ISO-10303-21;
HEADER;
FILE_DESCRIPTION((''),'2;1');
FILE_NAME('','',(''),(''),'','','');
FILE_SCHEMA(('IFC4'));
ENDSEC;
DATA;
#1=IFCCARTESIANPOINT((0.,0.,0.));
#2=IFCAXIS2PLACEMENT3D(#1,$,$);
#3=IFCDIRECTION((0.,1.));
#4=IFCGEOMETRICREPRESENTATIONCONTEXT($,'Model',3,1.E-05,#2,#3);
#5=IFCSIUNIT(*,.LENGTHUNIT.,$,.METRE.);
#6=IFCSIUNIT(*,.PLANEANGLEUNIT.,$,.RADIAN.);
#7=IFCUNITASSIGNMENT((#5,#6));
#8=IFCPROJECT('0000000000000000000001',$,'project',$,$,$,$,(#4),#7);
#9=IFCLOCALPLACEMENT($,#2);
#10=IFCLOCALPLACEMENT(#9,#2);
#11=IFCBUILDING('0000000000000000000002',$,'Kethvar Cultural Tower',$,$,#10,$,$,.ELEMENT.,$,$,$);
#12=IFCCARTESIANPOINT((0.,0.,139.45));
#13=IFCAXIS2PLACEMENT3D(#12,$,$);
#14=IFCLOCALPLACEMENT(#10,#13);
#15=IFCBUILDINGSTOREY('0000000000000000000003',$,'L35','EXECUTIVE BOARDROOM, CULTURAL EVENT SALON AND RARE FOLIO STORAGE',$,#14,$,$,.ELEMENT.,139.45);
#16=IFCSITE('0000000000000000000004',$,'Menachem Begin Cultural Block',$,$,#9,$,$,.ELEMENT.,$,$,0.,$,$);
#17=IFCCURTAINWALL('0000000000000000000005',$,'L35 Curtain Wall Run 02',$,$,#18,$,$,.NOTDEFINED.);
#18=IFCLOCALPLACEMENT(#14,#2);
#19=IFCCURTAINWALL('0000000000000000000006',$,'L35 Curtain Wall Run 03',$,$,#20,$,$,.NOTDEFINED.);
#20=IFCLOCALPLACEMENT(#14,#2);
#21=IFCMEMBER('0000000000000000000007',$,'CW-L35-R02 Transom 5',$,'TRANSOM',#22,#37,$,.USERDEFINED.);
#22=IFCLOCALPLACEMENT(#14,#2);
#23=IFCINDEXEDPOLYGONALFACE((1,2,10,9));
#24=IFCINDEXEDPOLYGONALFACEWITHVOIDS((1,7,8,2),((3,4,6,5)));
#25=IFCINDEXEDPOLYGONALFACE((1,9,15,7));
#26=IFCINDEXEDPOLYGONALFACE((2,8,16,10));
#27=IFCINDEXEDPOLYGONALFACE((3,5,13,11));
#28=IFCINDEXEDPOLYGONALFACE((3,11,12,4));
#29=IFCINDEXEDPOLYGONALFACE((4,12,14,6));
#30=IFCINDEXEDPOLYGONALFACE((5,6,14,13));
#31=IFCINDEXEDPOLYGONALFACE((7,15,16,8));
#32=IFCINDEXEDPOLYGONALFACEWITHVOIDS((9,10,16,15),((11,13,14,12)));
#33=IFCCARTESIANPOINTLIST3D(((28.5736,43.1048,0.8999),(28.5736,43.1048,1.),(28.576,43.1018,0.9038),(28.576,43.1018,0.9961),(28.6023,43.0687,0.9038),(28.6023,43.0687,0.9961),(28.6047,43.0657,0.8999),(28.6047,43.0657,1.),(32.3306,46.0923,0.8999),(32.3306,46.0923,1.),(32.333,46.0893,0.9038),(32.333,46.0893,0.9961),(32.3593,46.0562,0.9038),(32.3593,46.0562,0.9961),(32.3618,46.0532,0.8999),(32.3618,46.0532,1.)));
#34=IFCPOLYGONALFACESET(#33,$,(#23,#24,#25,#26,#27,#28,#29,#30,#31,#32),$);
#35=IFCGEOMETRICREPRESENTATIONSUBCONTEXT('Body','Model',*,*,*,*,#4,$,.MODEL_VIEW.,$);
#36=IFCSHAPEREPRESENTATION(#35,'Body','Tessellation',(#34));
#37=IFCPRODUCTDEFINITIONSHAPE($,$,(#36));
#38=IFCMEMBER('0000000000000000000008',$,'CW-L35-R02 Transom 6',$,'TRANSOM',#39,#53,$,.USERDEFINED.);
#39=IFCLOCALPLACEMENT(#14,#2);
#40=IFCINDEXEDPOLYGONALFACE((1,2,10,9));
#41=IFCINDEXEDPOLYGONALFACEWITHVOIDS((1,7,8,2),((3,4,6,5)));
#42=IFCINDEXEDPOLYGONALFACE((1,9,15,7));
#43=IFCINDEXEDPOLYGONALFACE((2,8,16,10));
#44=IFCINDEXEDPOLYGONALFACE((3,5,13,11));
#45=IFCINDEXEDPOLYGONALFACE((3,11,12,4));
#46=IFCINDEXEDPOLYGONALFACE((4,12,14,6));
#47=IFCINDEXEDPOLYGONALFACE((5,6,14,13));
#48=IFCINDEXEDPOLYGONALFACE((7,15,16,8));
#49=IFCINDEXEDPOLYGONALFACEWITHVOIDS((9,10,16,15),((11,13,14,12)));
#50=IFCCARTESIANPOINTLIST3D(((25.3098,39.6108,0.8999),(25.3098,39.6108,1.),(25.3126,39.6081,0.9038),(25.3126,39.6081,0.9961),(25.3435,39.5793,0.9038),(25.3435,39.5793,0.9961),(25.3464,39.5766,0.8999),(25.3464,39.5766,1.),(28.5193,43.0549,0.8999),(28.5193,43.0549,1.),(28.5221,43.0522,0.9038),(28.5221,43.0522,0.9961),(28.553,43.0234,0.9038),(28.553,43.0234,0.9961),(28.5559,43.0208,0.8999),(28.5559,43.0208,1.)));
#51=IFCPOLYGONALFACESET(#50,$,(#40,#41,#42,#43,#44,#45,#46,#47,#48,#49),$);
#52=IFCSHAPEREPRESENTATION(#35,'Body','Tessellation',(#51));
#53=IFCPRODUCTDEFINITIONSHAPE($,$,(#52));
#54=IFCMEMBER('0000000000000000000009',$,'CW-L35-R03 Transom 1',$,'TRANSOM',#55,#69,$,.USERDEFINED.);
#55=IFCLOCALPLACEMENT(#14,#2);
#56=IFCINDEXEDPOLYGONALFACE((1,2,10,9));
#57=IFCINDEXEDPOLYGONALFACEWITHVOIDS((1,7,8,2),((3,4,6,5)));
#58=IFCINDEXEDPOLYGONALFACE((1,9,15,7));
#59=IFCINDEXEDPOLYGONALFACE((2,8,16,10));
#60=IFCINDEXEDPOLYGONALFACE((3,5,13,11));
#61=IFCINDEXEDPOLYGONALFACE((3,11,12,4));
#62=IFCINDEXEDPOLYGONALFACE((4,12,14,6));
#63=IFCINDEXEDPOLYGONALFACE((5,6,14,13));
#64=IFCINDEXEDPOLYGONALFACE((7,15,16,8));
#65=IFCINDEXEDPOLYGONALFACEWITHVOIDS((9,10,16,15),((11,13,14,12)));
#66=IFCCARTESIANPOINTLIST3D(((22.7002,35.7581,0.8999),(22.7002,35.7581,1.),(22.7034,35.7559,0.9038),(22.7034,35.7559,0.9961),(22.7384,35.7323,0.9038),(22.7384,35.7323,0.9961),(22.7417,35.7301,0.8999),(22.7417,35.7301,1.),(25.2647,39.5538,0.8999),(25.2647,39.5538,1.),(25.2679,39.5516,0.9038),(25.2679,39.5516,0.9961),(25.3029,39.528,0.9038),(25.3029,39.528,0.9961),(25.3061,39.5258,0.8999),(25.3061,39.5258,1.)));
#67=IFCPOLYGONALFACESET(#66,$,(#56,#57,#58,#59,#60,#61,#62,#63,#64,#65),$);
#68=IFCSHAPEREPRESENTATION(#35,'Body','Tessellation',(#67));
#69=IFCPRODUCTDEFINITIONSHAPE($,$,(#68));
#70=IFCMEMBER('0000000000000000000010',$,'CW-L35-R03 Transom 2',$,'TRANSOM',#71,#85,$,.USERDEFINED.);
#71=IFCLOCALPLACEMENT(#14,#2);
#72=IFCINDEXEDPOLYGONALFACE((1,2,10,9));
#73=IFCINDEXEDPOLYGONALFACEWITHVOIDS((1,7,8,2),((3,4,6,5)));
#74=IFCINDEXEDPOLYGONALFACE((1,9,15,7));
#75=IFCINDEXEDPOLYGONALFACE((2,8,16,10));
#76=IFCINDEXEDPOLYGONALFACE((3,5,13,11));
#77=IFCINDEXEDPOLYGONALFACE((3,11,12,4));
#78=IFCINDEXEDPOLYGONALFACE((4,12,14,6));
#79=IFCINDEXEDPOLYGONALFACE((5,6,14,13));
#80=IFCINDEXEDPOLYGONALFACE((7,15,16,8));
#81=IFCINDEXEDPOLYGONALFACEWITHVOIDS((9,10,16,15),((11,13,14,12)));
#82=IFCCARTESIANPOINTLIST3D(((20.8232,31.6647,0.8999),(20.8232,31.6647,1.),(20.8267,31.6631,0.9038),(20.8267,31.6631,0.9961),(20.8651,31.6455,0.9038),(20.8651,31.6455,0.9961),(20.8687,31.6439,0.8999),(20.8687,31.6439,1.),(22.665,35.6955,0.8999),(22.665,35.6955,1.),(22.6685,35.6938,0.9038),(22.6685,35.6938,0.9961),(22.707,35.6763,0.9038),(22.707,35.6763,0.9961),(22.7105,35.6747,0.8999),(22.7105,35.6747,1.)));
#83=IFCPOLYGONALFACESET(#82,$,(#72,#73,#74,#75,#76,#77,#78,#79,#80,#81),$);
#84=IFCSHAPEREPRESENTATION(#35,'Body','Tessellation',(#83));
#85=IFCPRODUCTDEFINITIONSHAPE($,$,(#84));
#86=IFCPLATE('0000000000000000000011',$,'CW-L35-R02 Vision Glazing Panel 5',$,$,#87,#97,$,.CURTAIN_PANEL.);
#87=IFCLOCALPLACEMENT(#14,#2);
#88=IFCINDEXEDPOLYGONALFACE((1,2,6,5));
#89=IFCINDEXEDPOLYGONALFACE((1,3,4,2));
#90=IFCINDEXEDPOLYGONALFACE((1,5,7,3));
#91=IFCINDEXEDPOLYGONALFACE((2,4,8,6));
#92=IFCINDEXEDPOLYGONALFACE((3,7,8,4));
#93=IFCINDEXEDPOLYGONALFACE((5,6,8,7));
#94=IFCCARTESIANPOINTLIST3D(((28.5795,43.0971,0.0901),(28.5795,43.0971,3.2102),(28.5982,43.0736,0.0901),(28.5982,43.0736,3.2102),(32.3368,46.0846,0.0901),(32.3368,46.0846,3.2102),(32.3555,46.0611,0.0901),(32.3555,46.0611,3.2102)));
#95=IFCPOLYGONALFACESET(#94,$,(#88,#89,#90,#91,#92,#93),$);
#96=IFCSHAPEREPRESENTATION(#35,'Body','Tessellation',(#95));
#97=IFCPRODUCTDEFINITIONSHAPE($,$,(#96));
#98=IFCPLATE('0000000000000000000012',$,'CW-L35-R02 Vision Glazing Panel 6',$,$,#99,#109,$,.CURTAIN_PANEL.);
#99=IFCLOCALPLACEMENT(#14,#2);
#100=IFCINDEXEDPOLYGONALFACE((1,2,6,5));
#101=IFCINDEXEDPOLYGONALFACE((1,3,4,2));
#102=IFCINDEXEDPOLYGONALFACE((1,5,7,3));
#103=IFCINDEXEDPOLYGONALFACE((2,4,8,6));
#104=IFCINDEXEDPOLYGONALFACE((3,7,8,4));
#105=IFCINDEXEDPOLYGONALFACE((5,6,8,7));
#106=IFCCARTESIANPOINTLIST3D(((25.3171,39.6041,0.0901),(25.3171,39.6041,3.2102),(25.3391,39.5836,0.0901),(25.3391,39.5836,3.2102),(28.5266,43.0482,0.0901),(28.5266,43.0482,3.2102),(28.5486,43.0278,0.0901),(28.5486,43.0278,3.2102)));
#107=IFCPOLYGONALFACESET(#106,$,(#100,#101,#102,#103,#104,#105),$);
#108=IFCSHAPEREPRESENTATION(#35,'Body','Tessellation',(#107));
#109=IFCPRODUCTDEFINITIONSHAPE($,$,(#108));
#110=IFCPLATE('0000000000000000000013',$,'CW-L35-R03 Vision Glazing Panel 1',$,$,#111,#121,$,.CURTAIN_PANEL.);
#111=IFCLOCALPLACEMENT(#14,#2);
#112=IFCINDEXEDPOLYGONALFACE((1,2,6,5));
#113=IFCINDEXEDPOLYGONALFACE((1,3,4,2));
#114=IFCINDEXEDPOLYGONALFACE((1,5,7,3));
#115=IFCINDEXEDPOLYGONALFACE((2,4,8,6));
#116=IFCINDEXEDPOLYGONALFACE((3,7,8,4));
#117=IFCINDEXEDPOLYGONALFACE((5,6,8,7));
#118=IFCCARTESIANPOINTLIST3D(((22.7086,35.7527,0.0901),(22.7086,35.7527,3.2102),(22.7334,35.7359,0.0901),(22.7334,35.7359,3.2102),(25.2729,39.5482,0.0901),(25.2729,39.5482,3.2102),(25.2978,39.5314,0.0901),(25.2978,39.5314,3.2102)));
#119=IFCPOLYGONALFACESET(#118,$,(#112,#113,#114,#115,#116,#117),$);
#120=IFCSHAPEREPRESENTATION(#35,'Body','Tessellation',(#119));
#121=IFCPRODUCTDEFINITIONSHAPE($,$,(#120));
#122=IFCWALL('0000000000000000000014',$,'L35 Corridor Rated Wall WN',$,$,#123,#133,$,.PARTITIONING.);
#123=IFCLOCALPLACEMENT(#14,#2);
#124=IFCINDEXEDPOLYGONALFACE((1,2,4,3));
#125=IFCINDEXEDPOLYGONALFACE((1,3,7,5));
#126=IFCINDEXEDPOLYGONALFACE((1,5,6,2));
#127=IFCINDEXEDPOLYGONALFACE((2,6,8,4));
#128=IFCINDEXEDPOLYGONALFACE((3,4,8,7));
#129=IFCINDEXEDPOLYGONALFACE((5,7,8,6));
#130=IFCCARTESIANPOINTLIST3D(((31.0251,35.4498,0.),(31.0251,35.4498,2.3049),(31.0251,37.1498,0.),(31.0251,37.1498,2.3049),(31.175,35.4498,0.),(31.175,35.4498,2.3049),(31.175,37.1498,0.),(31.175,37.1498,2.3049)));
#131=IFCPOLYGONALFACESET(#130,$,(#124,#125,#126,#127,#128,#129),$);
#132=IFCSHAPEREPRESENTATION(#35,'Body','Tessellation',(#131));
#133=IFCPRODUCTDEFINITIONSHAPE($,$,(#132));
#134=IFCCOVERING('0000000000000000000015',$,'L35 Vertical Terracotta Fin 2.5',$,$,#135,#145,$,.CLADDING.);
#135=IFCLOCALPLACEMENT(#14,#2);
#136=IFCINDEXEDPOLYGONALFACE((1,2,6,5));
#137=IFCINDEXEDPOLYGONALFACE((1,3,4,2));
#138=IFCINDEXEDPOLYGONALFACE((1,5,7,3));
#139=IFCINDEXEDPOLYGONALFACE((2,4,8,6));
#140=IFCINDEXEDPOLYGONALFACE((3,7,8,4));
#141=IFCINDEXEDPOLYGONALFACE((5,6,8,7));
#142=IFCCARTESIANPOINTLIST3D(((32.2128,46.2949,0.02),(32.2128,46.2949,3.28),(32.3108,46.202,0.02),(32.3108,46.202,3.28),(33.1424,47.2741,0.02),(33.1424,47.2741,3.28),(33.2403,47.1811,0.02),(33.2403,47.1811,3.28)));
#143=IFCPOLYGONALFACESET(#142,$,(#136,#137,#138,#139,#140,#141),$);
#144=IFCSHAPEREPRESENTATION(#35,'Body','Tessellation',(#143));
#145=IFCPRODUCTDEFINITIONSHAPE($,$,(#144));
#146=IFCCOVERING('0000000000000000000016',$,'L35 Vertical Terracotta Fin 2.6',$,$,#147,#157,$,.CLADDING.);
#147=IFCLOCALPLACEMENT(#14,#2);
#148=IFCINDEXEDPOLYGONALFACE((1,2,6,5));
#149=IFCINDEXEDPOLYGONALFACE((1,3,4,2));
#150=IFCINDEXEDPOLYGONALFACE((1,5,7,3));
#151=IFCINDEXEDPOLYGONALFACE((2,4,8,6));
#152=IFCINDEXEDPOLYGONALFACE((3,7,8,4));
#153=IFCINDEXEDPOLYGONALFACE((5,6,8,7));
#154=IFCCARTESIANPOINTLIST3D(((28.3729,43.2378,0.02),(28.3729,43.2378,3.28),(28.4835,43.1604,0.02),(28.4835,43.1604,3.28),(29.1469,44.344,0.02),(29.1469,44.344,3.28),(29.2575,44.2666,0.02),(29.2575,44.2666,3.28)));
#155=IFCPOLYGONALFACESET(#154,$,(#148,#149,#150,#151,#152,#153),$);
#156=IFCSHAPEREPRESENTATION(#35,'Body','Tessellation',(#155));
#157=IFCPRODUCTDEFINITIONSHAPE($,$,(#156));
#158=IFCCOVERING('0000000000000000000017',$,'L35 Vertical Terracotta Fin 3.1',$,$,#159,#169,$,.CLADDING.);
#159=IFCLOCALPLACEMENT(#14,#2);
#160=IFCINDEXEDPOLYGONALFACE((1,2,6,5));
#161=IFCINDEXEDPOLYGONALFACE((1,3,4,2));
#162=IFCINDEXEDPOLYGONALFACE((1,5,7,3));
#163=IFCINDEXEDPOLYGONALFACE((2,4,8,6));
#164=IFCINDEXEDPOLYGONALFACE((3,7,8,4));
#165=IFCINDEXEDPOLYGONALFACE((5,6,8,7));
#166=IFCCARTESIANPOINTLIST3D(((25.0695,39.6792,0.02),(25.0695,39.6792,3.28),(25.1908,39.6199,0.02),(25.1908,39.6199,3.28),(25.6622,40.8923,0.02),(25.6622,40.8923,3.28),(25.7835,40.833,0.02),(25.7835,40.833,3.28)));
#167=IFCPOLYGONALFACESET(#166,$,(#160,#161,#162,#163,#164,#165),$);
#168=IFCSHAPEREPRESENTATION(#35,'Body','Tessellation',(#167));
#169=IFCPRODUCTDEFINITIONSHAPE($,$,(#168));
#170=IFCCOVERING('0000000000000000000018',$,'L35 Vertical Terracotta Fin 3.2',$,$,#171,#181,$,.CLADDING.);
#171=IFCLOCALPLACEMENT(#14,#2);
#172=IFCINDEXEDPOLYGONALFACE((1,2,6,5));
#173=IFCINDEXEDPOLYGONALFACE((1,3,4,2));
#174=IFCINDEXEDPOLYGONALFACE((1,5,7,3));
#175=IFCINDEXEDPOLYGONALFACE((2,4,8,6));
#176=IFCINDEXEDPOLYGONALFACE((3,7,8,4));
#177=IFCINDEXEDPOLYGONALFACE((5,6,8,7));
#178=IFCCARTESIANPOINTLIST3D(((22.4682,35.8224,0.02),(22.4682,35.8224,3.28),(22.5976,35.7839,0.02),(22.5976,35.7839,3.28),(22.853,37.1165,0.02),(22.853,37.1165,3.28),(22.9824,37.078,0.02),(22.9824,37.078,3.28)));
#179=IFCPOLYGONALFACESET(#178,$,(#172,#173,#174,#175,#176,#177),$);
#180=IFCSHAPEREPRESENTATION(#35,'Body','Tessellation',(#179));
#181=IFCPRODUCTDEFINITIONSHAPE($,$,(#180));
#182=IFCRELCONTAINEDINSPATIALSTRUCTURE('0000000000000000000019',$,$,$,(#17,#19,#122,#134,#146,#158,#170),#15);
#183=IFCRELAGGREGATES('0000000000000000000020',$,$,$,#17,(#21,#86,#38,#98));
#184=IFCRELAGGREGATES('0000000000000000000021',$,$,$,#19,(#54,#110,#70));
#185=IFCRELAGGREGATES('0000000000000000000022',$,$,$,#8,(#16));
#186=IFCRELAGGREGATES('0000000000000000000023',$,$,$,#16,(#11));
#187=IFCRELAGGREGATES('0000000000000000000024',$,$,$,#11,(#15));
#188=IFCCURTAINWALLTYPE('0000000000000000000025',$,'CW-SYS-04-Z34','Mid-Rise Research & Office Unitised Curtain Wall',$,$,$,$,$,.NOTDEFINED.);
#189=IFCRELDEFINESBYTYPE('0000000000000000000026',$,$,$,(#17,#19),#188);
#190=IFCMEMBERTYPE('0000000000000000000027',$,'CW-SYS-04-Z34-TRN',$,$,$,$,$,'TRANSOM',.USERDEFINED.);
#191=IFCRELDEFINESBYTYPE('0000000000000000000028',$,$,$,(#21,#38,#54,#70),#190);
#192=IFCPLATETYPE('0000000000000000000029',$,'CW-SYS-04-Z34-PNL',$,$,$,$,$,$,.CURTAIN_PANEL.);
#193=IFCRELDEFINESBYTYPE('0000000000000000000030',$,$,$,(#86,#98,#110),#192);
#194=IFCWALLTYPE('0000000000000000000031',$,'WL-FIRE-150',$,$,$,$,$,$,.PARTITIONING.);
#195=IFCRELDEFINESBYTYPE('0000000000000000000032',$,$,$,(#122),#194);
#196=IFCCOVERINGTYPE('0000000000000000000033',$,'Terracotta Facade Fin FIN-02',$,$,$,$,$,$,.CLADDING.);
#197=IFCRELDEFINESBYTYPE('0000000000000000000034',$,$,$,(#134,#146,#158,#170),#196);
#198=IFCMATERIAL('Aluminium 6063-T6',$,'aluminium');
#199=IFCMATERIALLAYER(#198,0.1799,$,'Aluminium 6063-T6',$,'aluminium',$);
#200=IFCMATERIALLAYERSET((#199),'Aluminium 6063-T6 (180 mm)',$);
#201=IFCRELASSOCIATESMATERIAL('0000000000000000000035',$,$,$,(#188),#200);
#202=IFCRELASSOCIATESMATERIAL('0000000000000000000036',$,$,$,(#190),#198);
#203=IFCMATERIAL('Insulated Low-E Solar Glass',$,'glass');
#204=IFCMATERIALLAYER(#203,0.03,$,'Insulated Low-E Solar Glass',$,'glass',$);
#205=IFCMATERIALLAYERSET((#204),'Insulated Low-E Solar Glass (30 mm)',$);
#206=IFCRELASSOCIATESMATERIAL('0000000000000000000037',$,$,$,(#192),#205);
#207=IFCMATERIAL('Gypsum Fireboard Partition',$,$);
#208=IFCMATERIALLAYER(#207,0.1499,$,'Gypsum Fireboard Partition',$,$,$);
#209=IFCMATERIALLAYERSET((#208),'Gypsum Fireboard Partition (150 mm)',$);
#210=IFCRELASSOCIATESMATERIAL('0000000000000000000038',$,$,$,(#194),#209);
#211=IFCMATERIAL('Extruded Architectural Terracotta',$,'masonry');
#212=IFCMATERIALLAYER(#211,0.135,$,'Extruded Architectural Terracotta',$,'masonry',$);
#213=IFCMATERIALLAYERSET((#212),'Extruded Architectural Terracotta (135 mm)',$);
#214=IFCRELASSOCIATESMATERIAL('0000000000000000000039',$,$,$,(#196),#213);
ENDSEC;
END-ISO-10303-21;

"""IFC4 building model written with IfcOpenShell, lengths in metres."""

from ifc_helpers import new_model, si_unit, direction, frame, frame_2d, origin, origin_2d, place, context, subcontext, project, spatial, rectangle, hollow_rectangle, extrude, source, transform, mapped, material, layer, layer_set, material_profile, profile_set, type_object, element, aggregate, save


model = new_model("IFC4")

# Units and contexts
model_context = context("Model", 3, precision=1e-05, world=origin(), true_north=direction((0.0, 1.0)))
body_context = subcontext(model_context, "Body", "Model", "MODEL_VIEW")
ifc_project = project(units=[si_unit("LENGTHUNIT", "METRE"), si_unit("PLANEANGLEUNIT", "RADIAN")], contexts=[model_context])

# Site, building, storey
site_placement = place(None, origin())
site = spatial("IfcSite", under=ifc_project, at=site_placement, Name="Menachem Begin Cultural Block", CompositionType="ELEMENT", RefElevation=0.0)
building_placement = place(site_placement, origin())
building = spatial("IfcBuilding", under=site, at=building_placement, Name="Kethvar Cultural Tower", CompositionType="ELEMENT")
storey_placement = place(building_placement, frame((0.0, 0.0, 139.45)))
storey = spatial("IfcBuildingStorey", under=building, at=storey_placement, Name="L35", Description="EXECUTIVE BOARDROOM, CULTURAL EVENT SALON AND RARE FOLIO STORAGE", CompositionType="ELEMENT", Elevation=139.45)

# Curtain walls
ifc_material_1 = material(Name="Aluminium 6063-T6", Category="aluminium")
ifc_layer_1 = layer(ifc_material_1, 0.1799, Name="Aluminium 6063-T6", Category="aluminium")
ifc_layer_set_1 = layer_set([ifc_layer_1], Name="Aluminium 6063-T6 (180 mm)")
curtain_wall_type = type_object("IfcCurtainWallType", Name="CW-SYS-04-Z34", Description="Mid-Rise Research & Office Unitised Curtain Wall", PredefinedType="NOTDEFINED", material=ifc_layer_set_1)
curtain_wall_1_placement = place(storey_placement, origin())
curtain_wall_1 = element("IfcCurtainWall", 1, at=curtain_wall_1_placement, inside=storey, type_object=curtain_wall_type, Name="L35 Curtain Wall Run 02", PredefinedType="NOTDEFINED")
curtain_wall_2_placement = place(storey_placement, origin())
curtain_wall_2 = element("IfcCurtainWall", 2, at=curtain_wall_2_placement, inside=storey, type_object=curtain_wall_type, Name="L35 Curtain Wall Run 03", PredefinedType="NOTDEFINED")

# Members
ifc_material_profile_1 = material_profile(ifc_material_1, hollow_rectangle(XDim=0.05, YDim=0.1001, WallThickness=0.0039, at=origin_2d()), Name="Aluminium 6063-T6 — RHS100x50x4")
ifc_profile_set_1 = profile_set([ifc_material_profile_1], Name="Aluminium 6063-T6 — RHS100x50x4")
member_type_1 = type_object("IfcMemberType", Name="CW-SYS-04-Z34-TRN", ElementType="TRANSOM", PredefinedType="USERDEFINED", material=ifc_profile_set_1)
shared_shape_1 = source(origin(), body_context, "Body", "SweptSolid", [
    extrude(hollow_rectangle(XDim=0.05, YDim=0.1001, WallThickness=0.0039, at=origin_2d()), origin(), (0.0, 0.0, 1.0), 4.8),
])
member_1_placement = place(storey_placement, frame((32.3462, 46.0728, 0.95), z_axis=(-0.782706, -0.622391, 0.0), x_axis=(0.622391, -0.782706, 0.0)))
member_1 = element("IfcMember", 3, at=member_1_placement, type_object=member_type_1, Name="CW-L35-R02 Transom 5", ObjectType="TRANSOM", PredefinedType="USERDEFINED", context=body_context, shape_type="MappedRepresentation", body=[
    mapped(shared_shape_1, transform((0.0, 0.0, 0.0), scale=1.0)),
])
shared_shape_2 = source(origin(), body_context, "Body", "SweptSolid", [
    extrude(hollow_rectangle(XDim=0.05, YDim=0.1001, WallThickness=0.0039, at=origin_2d()), origin(), (0.0, 0.0, 1.0), 4.7078),
])
member_2_placement = place(storey_placement, frame((28.5376, 43.0378, 0.95), z_axis=(-0.681749, -0.731586, 0.0), x_axis=(0.731586, -0.681749, 0.0)))
member_2 = element("IfcMember", 4, at=member_2_placement, type_object=member_type_1, Name="CW-L35-R02 Transom 6", ObjectType="TRANSOM", PredefinedType="USERDEFINED", context=body_context, shape_type="MappedRepresentation", body=[
    mapped(shared_shape_2, transform((0.0, 0.0, 0.0), scale=1.0)),
])
shared_shape_3 = source(origin(), body_context, "Body", "SweptSolid", [
    extrude(hollow_rectangle(XDim=0.05, YDim=0.1001, WallThickness=0.0039, at=origin_2d()), origin(), (0.0, 0.0, 1.0), 4.5808),
])
member_3_placement = place(storey_placement, frame((25.2854, 39.5398, 0.95), z_axis=(-0.559831, -0.828607, 0.0), x_axis=(0.828607, -0.559831, 0.0)))
member_3 = element("IfcMember", 5, at=member_3_placement, type_object=member_type_1, Name="CW-L35-R03 Transom 1", ObjectType="TRANSOM", PredefinedType="USERDEFINED", context=body_context, shape_type="MappedRepresentation", body=[
    mapped(shared_shape_3, transform((0.0, 0.0, 0.0), scale=1.0)),
])
shared_shape_4 = source(origin(), body_context, "Body", "SweptSolid", [
    extrude(hollow_rectangle(XDim=0.05, YDim=0.1001, WallThickness=0.0039, at=origin_2d()), origin(), (0.0, 0.0, 1.0), 4.4316),
])
member_4_placement = place(storey_placement, frame((22.6877, 35.6851, 0.95), z_axis=(-0.415604, -0.909546, 0.0), x_axis=(0.909546, -0.415604, 0.0)))
member_4 = element("IfcMember", 6, at=member_4_placement, type_object=member_type_1, Name="CW-L35-R03 Transom 2", ObjectType="TRANSOM", PredefinedType="USERDEFINED", context=body_context, shape_type="MappedRepresentation", body=[
    mapped(shared_shape_4, transform((0.0, 0.0, 0.0), scale=1.0)),
])

# Plates
ifc_material_2 = material(Name="Insulated Low-E Solar Glass", Category="glass")
ifc_layer_2 = layer(ifc_material_2, 0.03, Name="Insulated Low-E Solar Glass", Category="glass")
ifc_layer_set_2 = layer_set([ifc_layer_2], Name="Insulated Low-E Solar Glass (30 mm)")
plate_type = type_object("IfcPlateType", Name="CW-SYS-04-Z34-PNL", PredefinedType="CURTAIN_PANEL", material=ifc_layer_set_2)
shared_shape_5 = source(origin(), body_context, "Body", "SweptSolid", [
    extrude(rectangle(XDim=4.8003, YDim=0.03, at=origin_2d()), origin(), (0.0, 0.0, 1.0), 3.1201),
])
plate_1_placement = place(storey_placement, frame((30.4675, 44.5791, 0.0901), z_axis=(0.0, 0.0, 1.0), x_axis=(-0.782728, -0.622364, 0.0)))
plate_1 = element("IfcPlate", 7, at=plate_1_placement, type_object=plate_type, Name="CW-L35-R02 Vision Glazing Panel 5", PredefinedType="CURTAIN_PANEL", context=body_context, shape_type="MappedRepresentation", body=[
    mapped(shared_shape_5, transform((0.0, 0.0, 0.0), scale=1.0)),
])
shared_shape_6 = source(origin(), body_context, "Body", "SweptSolid", [
    extrude(rectangle(XDim=4.7078, YDim=0.03, at=origin_2d()), origin(), (0.0, 0.0, 1.0), 3.1201),
])
plate_2_placement = place(storey_placement, frame((26.9329, 41.3159, 0.0901), z_axis=(0.0, 0.0, 1.0), x_axis=(-0.681743, -0.731592, 0.0)))
plate_2 = element("IfcPlate", 8, at=plate_2_placement, type_object=plate_type, Name="CW-L35-R02 Vision Glazing Panel 6", PredefinedType="CURTAIN_PANEL", context=body_context, shape_type="MappedRepresentation", body=[
    mapped(shared_shape_6, transform((0.0, 0.0, 0.0), scale=1.0)),
])
aggregate(curtain_wall_1, [member_1, plate_1, member_2, plate_2])
shared_shape_7 = source(origin(), body_context, "Body", "SweptSolid", [
    extrude(rectangle(XDim=4.5806, YDim=0.03, at=origin_2d()), origin(), (0.0, 0.0, 1.0), 3.1201),
])
plate_3_placement = place(storey_placement, frame((24.0032, 37.6421, 0.0901), z_axis=(0.0, 0.0, 1.0), x_axis=(-0.559829, -0.828608, 0.0)))
plate_3 = element("IfcPlate", 9, at=plate_3_placement, type_object=plate_type, Name="CW-L35-R03 Vision Glazing Panel 1", PredefinedType="CURTAIN_PANEL", context=body_context, shape_type="MappedRepresentation", body=[
    mapped(shared_shape_7, transform((0.0, 0.0, 0.0), scale=1.0)),
])
aggregate(curtain_wall_2, [member_3, plate_3, member_4])

# Wall
ifc_material_3 = material(Name="Gypsum Fireboard Partition")
ifc_layer_3 = layer(ifc_material_3, 0.1499, Name="Gypsum Fireboard Partition")
ifc_layer_set_3 = layer_set([ifc_layer_3], Name="Gypsum Fireboard Partition (150 mm)")
wall_type = type_object("IfcWallType", Name="WL-FIRE-150", PredefinedType="PARTITIONING", material=ifc_layer_set_3)
wall_placement = place(storey_placement, frame((31.1001, 37.1499, 0.0), z_axis=(0.0, 0.0, 1.0), x_axis=(0.0, -1.0, 0.0)))
element("IfcWall", 10, at=wall_placement, inside=storey, type_object=wall_type, Name="L35 Corridor Rated Wall WN", PredefinedType="PARTITIONING", context=body_context, shape_type="SweptSolid", body=[
    extrude(rectangle(XDim=1.7, YDim=0.1499, at=frame_2d((0.8501, 0.0))), origin(), (0.0, 0.0, 1.0), 2.3049),
])

# Coverings
ifc_material_4 = material(Name="Extruded Architectural Terracotta", Category="masonry")
ifc_layer_4 = layer(ifc_material_4, 0.135, Name="Extruded Architectural Terracotta", Category="masonry")
ifc_layer_set_4 = layer_set([ifc_layer_4], Name="Extruded Architectural Terracotta (135 mm)")
covering_type = type_object("IfcCoveringType", Name="Terracotta Facade Fin FIN-02", PredefinedType="CLADDING", material=ifc_layer_set_4)
shared_shape_8 = source(origin(), body_context, "Body", "SweptSolid", [
    extrude(rectangle(XDim=1.3501, YDim=0.135, at=origin_2d()), origin(), (0.0, 0.0, 1.0), 3.26),
])
for number, where, z_axis, x_axis, name in (
    (11, (32.7266, 46.738, 0.02), (0.0, 0.0, 1.0), (0.688481, 0.725254, 0.0), "L35 Vertical Terracotta Fin 2.5"),
    (12, (28.8152, 43.7522, 0.02), (0.0, 0.0, 1.0), (0.57329, 0.819352, 0.0), "L35 Vertical Terracotta Fin 2.6"),
    (13, (25.4265, 40.2561, 0.02), (0.0, 0.0, 1.0), (0.438999, 0.898488, 0.0), "L35 Vertical Terracotta Fin 3.1"),
    (14, (22.7253, 36.4502, 0.02), (0.0, 0.0, 1.0), (0.285019, 0.958522, 0.0), "L35 Vertical Terracotta Fin 3.2"),
):
    element("IfcCovering", number, at=place(storey_placement, frame(where, z_axis=z_axis, x_axis=x_axis)), inside=storey, type_object=covering_type, Name=name, PredefinedType="CLADDING", context=body_context, shape_type="MappedRepresentation", body=[
        mapped(shared_shape_8, transform((0.0, 0.0, 0.0), scale=1.0)),
    ])

save(model, "model.ifc")
